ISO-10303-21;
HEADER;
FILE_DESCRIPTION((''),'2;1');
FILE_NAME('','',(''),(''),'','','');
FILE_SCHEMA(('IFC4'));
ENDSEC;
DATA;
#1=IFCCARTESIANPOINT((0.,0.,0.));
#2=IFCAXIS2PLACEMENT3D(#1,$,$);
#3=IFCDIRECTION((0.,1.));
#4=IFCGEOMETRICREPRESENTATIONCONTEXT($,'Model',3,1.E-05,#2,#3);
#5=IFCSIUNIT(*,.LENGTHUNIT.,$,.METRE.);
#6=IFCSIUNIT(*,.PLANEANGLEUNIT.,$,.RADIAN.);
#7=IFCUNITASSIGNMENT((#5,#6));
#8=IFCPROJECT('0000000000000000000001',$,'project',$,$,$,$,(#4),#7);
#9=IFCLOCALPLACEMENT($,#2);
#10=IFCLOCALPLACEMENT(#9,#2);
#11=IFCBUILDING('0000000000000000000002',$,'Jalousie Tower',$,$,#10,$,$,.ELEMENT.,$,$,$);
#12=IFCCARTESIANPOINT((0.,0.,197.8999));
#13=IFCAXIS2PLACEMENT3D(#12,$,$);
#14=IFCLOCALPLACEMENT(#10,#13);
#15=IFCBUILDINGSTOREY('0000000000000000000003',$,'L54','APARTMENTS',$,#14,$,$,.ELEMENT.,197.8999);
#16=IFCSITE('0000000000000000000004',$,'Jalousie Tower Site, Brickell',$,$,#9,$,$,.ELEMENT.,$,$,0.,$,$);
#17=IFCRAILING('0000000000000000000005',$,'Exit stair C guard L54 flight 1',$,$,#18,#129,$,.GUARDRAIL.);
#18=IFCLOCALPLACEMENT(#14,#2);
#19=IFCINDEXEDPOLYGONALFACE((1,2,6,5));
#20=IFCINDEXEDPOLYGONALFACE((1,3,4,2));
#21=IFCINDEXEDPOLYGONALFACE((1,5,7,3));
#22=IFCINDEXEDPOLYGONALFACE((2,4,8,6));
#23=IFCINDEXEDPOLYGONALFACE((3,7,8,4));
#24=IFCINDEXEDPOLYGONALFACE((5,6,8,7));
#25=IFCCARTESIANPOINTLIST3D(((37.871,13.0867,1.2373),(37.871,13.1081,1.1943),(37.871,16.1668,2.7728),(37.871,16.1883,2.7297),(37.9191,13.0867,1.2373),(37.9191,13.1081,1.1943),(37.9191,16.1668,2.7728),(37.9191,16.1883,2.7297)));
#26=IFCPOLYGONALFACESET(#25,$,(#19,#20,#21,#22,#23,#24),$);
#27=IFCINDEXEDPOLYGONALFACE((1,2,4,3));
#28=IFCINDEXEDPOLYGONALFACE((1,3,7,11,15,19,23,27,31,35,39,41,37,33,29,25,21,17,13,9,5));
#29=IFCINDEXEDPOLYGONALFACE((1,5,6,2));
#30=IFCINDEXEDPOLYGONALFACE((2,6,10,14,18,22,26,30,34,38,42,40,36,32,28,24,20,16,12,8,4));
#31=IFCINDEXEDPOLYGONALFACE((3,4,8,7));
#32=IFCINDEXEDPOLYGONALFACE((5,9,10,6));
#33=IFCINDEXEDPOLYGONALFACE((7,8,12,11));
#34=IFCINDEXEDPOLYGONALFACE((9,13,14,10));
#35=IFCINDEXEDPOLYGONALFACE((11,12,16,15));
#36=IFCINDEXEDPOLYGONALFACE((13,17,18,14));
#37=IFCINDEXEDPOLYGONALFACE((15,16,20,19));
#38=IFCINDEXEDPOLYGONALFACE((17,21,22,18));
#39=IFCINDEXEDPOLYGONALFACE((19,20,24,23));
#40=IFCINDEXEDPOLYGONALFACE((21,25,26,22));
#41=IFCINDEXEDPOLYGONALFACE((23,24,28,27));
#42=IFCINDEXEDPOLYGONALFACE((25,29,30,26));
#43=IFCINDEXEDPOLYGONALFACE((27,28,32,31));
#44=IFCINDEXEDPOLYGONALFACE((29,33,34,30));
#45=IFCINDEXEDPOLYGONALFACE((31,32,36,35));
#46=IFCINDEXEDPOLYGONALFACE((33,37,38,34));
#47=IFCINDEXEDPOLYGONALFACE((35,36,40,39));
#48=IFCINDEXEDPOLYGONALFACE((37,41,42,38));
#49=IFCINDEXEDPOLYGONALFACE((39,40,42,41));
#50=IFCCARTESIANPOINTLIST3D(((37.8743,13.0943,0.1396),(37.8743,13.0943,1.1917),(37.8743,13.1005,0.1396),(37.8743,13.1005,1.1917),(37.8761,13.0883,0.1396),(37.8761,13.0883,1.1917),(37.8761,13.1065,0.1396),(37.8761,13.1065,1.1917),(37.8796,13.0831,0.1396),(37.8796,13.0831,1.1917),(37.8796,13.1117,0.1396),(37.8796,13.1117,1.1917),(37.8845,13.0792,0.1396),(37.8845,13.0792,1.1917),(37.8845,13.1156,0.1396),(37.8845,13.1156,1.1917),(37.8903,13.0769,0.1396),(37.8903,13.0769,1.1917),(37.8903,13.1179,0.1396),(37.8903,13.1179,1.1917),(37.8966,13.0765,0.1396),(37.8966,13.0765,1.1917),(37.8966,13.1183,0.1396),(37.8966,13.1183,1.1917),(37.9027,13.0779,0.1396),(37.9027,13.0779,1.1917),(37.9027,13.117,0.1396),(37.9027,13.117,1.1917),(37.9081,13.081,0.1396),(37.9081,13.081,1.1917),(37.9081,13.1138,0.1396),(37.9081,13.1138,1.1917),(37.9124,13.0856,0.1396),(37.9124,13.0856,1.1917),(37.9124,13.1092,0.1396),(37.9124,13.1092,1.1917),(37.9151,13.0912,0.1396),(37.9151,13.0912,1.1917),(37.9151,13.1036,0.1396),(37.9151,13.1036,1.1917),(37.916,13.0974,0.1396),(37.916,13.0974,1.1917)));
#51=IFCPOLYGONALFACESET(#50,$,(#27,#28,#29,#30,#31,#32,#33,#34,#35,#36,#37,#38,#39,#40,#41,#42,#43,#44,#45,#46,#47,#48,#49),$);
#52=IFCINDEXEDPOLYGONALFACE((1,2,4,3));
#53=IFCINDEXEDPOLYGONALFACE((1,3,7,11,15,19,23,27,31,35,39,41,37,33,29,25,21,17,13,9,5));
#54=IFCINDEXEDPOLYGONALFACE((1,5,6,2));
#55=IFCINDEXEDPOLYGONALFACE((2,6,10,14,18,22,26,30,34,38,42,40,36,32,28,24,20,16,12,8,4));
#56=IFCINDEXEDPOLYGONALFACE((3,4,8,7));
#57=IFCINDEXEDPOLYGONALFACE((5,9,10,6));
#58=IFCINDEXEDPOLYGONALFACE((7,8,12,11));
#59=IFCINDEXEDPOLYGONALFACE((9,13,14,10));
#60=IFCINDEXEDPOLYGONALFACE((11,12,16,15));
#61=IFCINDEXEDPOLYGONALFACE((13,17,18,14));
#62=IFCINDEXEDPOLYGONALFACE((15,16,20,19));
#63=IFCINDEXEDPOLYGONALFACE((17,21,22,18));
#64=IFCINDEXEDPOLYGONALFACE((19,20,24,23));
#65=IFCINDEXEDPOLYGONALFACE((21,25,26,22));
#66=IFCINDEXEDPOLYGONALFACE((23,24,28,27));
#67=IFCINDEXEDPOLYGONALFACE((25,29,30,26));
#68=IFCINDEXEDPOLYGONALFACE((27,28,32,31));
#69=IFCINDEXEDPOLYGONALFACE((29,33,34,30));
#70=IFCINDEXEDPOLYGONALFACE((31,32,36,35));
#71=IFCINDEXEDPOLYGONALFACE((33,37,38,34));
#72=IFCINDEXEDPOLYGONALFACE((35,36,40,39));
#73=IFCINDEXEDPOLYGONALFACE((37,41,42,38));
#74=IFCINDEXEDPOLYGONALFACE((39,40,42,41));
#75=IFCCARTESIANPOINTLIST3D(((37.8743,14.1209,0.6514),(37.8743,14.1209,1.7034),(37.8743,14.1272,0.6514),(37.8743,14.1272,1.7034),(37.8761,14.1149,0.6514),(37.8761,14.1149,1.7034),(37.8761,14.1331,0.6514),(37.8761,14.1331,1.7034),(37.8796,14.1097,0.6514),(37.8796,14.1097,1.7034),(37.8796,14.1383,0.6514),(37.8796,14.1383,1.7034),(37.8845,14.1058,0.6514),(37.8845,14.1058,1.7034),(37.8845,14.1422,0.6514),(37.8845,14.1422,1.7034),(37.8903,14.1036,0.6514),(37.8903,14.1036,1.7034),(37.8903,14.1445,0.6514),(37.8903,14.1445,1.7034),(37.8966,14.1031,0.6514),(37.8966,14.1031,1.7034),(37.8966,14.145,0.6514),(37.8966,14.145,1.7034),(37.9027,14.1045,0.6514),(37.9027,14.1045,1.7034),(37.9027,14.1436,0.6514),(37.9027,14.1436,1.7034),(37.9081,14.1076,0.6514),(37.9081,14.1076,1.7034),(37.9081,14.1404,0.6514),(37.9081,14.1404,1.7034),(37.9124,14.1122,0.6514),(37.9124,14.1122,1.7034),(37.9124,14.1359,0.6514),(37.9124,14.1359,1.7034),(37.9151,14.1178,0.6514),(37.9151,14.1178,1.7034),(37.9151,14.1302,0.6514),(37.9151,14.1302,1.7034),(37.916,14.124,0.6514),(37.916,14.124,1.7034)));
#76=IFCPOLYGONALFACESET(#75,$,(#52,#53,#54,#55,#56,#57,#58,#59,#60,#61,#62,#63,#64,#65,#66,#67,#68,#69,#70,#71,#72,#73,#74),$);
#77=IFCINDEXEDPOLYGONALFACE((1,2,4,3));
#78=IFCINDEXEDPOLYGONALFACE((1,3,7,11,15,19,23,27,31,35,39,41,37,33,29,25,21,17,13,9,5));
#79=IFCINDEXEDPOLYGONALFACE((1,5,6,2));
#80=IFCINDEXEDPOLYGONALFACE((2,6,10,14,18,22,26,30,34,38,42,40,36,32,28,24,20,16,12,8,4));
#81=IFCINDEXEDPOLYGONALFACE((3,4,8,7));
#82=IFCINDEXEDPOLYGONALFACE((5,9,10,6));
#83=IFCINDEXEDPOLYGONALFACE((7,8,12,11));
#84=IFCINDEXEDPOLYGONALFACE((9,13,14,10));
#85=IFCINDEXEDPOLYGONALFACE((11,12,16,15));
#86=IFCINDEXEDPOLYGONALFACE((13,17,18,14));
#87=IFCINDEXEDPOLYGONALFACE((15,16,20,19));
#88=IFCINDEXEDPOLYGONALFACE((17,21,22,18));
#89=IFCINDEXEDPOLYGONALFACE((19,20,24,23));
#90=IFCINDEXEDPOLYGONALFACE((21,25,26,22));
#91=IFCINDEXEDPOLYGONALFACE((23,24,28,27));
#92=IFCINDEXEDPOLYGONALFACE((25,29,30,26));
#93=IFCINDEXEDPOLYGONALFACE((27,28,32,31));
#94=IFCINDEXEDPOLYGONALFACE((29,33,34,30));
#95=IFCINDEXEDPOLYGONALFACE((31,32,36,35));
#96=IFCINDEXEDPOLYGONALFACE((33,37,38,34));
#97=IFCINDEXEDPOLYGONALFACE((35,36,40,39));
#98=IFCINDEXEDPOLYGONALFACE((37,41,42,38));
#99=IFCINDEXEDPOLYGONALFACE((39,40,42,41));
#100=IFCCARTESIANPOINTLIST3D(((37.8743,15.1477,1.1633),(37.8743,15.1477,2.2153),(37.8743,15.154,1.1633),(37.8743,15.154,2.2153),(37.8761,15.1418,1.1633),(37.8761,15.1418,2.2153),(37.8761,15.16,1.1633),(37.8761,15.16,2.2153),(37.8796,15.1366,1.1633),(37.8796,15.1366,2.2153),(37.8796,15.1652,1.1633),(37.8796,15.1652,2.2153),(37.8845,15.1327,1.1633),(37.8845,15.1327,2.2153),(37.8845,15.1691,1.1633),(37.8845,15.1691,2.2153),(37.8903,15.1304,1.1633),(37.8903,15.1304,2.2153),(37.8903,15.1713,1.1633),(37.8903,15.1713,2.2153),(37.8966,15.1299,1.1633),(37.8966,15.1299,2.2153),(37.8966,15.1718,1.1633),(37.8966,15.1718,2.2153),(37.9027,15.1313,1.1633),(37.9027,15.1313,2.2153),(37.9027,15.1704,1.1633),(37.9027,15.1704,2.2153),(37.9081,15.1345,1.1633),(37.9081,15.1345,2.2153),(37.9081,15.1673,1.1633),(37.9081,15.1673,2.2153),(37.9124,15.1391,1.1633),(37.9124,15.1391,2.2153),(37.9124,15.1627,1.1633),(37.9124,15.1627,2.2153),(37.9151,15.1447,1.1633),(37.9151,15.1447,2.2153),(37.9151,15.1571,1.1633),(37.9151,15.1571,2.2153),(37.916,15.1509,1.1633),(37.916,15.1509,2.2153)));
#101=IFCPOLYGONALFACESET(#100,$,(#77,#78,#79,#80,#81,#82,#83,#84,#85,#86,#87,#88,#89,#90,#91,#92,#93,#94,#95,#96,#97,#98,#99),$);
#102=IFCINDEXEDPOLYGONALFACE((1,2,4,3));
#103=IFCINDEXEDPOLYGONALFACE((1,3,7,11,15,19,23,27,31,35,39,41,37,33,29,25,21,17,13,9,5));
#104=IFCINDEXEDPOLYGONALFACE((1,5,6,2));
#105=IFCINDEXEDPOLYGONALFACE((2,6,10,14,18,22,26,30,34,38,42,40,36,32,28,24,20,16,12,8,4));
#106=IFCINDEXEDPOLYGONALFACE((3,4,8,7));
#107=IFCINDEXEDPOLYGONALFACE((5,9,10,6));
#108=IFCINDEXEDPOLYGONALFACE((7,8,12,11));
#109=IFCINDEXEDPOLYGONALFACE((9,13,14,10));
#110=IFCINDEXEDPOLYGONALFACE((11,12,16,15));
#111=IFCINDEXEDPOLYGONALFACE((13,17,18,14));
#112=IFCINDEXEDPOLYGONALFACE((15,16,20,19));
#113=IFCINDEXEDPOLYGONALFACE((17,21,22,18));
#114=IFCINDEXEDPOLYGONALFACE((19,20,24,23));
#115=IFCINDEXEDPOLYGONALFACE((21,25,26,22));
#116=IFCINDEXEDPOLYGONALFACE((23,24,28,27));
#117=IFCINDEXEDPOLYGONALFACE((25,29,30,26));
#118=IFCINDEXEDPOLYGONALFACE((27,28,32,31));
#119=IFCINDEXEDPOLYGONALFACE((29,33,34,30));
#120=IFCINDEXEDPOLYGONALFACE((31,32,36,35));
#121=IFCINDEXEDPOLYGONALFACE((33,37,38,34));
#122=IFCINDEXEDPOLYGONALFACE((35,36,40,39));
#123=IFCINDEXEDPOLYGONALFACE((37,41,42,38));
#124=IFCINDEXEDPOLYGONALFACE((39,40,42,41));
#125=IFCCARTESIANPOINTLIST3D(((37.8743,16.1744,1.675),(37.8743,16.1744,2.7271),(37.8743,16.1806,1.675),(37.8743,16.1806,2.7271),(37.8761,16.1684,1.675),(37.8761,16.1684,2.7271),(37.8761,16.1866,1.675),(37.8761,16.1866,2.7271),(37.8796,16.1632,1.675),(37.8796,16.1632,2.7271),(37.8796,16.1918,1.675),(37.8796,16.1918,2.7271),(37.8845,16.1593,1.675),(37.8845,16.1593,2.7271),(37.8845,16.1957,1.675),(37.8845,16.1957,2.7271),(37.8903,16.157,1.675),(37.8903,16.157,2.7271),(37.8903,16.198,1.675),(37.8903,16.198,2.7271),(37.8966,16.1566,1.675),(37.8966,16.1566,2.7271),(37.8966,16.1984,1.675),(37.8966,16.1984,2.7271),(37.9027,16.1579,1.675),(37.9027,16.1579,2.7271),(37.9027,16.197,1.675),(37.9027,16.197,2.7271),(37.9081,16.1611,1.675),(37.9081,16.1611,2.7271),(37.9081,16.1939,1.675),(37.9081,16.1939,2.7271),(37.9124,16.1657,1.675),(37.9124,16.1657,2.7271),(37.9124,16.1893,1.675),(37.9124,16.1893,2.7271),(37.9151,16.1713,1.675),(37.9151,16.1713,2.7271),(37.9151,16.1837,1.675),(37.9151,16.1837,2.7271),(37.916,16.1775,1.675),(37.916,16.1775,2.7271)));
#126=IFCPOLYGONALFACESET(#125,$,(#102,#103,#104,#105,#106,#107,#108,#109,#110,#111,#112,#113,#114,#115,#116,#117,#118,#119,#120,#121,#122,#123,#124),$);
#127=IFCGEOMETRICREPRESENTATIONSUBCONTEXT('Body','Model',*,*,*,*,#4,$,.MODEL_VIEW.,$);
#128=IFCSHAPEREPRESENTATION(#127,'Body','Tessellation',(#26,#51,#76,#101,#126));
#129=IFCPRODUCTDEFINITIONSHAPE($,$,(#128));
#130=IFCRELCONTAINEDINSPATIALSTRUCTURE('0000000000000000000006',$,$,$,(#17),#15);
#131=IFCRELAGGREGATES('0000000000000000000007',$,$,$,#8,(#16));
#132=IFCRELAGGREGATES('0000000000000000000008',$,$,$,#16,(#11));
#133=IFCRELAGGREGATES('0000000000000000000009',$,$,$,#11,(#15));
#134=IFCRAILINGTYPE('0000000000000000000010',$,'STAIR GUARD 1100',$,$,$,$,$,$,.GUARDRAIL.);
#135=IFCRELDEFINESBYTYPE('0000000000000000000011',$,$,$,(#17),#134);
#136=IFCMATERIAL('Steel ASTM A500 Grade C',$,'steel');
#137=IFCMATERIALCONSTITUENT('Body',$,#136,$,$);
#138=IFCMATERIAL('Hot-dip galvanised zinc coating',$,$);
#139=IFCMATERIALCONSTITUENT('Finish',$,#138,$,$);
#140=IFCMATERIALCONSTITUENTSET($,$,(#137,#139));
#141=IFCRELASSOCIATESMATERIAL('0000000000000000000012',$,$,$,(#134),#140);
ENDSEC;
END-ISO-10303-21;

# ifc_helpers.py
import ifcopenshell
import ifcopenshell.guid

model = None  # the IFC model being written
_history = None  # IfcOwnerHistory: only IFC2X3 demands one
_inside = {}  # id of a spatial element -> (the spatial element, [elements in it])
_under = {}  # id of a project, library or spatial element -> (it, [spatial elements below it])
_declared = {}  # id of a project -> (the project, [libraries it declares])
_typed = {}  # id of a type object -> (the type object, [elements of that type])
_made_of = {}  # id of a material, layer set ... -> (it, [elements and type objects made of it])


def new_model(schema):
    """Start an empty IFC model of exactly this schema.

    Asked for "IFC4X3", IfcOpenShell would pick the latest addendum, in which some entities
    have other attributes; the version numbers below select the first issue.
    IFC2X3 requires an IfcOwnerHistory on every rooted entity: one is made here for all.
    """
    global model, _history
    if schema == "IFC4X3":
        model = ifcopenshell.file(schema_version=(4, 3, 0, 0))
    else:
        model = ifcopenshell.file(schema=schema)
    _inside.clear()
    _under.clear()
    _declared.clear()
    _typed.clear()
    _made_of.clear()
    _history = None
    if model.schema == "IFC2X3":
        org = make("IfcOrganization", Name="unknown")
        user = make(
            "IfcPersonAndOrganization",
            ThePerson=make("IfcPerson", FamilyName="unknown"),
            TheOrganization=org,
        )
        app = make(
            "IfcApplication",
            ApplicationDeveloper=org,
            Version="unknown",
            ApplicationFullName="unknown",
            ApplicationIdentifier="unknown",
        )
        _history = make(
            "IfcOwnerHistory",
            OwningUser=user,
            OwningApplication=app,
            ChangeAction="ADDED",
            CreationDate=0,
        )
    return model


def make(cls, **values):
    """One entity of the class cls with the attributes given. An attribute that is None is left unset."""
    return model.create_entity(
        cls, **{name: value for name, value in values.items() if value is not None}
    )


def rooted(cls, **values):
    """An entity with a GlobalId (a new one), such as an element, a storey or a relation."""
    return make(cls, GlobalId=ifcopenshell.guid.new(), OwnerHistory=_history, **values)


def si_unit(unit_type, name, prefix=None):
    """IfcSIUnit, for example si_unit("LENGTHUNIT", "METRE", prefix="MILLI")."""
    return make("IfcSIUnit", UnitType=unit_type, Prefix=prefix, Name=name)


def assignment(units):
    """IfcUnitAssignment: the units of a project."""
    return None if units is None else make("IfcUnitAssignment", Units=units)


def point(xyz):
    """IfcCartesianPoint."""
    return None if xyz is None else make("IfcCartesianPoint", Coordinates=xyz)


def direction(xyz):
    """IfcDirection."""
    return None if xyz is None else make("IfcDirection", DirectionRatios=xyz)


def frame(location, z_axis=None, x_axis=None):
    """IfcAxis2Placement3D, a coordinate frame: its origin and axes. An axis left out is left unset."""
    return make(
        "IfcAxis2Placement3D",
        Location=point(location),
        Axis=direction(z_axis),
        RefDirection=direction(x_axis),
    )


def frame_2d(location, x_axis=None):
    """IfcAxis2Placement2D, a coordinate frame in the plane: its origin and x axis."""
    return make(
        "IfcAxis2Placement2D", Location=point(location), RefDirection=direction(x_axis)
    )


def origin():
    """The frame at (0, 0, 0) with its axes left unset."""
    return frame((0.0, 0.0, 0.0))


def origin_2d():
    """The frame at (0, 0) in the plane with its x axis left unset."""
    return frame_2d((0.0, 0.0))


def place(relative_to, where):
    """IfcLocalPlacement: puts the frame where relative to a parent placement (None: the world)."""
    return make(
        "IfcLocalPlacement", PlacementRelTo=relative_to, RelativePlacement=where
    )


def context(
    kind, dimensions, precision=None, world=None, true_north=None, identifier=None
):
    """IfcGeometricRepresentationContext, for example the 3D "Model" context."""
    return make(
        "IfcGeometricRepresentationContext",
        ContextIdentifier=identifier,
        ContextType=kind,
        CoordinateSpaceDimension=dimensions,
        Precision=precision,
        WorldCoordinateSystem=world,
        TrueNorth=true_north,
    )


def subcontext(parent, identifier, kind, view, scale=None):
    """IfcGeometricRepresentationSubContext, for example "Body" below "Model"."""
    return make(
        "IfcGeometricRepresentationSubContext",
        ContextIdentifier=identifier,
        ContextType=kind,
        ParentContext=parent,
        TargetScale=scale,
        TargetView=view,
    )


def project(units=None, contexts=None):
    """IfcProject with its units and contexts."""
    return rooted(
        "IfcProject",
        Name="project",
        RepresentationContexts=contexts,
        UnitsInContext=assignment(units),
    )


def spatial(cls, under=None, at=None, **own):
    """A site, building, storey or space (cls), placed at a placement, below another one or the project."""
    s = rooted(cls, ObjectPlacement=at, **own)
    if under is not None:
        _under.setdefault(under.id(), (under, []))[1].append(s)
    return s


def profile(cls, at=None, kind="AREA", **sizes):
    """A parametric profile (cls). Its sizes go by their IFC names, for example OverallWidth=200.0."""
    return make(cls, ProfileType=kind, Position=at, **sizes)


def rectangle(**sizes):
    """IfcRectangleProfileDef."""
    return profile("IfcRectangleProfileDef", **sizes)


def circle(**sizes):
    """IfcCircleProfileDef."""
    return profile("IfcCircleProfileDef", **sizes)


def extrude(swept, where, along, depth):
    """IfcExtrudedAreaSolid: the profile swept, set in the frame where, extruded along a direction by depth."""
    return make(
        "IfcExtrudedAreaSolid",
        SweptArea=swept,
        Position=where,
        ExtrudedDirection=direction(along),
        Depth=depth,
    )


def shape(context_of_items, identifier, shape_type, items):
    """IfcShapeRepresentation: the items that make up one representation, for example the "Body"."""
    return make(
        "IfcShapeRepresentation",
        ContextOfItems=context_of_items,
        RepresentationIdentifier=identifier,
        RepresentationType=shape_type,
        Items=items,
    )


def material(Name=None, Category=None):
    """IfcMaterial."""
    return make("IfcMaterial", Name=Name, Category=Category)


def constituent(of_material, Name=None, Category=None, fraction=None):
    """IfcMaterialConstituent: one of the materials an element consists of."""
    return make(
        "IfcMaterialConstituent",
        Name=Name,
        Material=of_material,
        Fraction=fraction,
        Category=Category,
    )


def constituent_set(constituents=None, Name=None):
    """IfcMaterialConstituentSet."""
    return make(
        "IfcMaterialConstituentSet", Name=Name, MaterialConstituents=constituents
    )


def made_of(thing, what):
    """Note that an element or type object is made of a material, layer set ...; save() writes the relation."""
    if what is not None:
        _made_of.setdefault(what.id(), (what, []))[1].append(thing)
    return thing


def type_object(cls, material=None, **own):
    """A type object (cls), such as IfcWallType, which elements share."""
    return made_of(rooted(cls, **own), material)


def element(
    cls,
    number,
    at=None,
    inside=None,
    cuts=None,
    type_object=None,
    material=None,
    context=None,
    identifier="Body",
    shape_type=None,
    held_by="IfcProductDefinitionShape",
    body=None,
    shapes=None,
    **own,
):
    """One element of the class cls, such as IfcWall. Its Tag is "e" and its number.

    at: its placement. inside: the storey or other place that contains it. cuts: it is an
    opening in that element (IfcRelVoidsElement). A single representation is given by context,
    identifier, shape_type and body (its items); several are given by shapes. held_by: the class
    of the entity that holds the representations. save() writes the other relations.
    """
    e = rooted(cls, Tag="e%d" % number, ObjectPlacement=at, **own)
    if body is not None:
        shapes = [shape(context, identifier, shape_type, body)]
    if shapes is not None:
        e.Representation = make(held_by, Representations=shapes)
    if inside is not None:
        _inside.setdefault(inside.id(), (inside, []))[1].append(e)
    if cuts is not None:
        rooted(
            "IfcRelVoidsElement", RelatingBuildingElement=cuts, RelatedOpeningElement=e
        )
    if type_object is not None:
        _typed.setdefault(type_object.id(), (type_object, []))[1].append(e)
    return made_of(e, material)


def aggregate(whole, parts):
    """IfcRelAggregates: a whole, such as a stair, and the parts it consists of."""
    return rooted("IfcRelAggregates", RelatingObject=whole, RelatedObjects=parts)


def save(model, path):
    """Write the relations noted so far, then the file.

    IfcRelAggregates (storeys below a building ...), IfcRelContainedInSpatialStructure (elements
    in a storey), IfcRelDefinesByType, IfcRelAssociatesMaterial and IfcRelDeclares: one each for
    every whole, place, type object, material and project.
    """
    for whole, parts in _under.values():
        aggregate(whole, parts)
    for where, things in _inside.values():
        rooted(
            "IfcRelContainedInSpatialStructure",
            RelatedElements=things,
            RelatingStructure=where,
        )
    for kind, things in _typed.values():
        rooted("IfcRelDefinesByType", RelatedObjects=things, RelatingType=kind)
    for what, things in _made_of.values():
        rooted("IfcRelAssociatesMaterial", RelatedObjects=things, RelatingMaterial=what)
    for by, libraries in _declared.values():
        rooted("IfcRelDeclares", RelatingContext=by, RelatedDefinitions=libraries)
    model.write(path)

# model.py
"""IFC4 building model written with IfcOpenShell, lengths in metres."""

from ifc_helpers import new_model, si_unit, direction, frame, origin, origin_2d, place, context, subcontext, project, spatial, rectangle, circle, extrude, material, constituent, constituent_set, type_object, element, save


model = new_model("IFC4")

# Units and contexts
model_context = context("Model", 3, precision=1e-05, world=origin(), true_north=direction((0.0, 1.0)))
body_context = subcontext(model_context, "Body", "Model", "MODEL_VIEW")
ifc_project = project(units=[si_unit("LENGTHUNIT", "METRE"), si_unit("PLANEANGLEUNIT", "RADIAN")], contexts=[model_context])

# Site, building, storey
site_placement = place(None, origin())
site = spatial("IfcSite", under=ifc_project, at=site_placement, Name="Jalousie Tower Site, Brickell", CompositionType="ELEMENT", RefElevation=0.0)
building_placement = place(site_placement, origin())
building = spatial("IfcBuilding", under=site, at=building_placement, Name="Jalousie Tower", CompositionType="ELEMENT")
storey_placement = place(building_placement, frame((0.0, 0.0, 197.8999)))
storey = spatial("IfcBuildingStorey", under=building, at=storey_placement, Name="L54", Description="APARTMENTS", CompositionType="ELEMENT", Elevation=197.8999)

# Railing
ifc_material_1 = material(Name="Steel ASTM A500 Grade C", Category="steel")
ifc_constituent_1 = constituent(ifc_material_1, Name="Body")
ifc_material_2 = material(Name="Hot-dip galvanised zinc coating")
ifc_constituent_2 = constituent(ifc_material_2, Name="Finish")
ifc_constituent_set_1 = constituent_set(constituents=[ifc_constituent_1, ifc_constituent_2])
railing_type_1 = type_object("IfcRailingType", Name="STAIR GUARD 1100", PredefinedType="GUARDRAIL", material=ifc_constituent_set_1)
railing_1_placement = place(storey_placement, frame((37.895, 13.0974, 0.1396)))
element("IfcRailing", 1, at=railing_1_placement, inside=storey, type_object=railing_type_1, Name="Exit stair C guard L54 flight 1", PredefinedType="GUARDRAIL", context=body_context, shape_type="SweptSolid", body=[
    extrude(rectangle(XDim=0.0481, YDim=0.0481, at=origin_2d()), frame((0.0, 0.0, 1.0762), z_axis=(0.0, 0.894966, 0.446135), x_axis=(-1.0, 0.0, 0.0)), (0.0, 0.0, 1.0), 3.4417),
    extrude(circle(Radius=0.021, at=origin_2d()), origin(), (0.0, 0.0, 1.0), 1.052),
    extrude(circle(Radius=0.021, at=origin_2d()), frame((0.0, 1.0266, 0.5117)), (0.0, 0.0, 1.0), 1.052),
    extrude(circle(Radius=0.021, at=origin_2d()), frame((0.0, 2.0535, 1.0237)), (0.0, 0.0, 1.0), 1.052),
    extrude(circle(Radius=0.021, at=origin_2d()), frame((0.0, 3.0801, 1.5354)), (0.0, 0.0, 1.0), 1.052),
])

save(model, "model.ifc")
